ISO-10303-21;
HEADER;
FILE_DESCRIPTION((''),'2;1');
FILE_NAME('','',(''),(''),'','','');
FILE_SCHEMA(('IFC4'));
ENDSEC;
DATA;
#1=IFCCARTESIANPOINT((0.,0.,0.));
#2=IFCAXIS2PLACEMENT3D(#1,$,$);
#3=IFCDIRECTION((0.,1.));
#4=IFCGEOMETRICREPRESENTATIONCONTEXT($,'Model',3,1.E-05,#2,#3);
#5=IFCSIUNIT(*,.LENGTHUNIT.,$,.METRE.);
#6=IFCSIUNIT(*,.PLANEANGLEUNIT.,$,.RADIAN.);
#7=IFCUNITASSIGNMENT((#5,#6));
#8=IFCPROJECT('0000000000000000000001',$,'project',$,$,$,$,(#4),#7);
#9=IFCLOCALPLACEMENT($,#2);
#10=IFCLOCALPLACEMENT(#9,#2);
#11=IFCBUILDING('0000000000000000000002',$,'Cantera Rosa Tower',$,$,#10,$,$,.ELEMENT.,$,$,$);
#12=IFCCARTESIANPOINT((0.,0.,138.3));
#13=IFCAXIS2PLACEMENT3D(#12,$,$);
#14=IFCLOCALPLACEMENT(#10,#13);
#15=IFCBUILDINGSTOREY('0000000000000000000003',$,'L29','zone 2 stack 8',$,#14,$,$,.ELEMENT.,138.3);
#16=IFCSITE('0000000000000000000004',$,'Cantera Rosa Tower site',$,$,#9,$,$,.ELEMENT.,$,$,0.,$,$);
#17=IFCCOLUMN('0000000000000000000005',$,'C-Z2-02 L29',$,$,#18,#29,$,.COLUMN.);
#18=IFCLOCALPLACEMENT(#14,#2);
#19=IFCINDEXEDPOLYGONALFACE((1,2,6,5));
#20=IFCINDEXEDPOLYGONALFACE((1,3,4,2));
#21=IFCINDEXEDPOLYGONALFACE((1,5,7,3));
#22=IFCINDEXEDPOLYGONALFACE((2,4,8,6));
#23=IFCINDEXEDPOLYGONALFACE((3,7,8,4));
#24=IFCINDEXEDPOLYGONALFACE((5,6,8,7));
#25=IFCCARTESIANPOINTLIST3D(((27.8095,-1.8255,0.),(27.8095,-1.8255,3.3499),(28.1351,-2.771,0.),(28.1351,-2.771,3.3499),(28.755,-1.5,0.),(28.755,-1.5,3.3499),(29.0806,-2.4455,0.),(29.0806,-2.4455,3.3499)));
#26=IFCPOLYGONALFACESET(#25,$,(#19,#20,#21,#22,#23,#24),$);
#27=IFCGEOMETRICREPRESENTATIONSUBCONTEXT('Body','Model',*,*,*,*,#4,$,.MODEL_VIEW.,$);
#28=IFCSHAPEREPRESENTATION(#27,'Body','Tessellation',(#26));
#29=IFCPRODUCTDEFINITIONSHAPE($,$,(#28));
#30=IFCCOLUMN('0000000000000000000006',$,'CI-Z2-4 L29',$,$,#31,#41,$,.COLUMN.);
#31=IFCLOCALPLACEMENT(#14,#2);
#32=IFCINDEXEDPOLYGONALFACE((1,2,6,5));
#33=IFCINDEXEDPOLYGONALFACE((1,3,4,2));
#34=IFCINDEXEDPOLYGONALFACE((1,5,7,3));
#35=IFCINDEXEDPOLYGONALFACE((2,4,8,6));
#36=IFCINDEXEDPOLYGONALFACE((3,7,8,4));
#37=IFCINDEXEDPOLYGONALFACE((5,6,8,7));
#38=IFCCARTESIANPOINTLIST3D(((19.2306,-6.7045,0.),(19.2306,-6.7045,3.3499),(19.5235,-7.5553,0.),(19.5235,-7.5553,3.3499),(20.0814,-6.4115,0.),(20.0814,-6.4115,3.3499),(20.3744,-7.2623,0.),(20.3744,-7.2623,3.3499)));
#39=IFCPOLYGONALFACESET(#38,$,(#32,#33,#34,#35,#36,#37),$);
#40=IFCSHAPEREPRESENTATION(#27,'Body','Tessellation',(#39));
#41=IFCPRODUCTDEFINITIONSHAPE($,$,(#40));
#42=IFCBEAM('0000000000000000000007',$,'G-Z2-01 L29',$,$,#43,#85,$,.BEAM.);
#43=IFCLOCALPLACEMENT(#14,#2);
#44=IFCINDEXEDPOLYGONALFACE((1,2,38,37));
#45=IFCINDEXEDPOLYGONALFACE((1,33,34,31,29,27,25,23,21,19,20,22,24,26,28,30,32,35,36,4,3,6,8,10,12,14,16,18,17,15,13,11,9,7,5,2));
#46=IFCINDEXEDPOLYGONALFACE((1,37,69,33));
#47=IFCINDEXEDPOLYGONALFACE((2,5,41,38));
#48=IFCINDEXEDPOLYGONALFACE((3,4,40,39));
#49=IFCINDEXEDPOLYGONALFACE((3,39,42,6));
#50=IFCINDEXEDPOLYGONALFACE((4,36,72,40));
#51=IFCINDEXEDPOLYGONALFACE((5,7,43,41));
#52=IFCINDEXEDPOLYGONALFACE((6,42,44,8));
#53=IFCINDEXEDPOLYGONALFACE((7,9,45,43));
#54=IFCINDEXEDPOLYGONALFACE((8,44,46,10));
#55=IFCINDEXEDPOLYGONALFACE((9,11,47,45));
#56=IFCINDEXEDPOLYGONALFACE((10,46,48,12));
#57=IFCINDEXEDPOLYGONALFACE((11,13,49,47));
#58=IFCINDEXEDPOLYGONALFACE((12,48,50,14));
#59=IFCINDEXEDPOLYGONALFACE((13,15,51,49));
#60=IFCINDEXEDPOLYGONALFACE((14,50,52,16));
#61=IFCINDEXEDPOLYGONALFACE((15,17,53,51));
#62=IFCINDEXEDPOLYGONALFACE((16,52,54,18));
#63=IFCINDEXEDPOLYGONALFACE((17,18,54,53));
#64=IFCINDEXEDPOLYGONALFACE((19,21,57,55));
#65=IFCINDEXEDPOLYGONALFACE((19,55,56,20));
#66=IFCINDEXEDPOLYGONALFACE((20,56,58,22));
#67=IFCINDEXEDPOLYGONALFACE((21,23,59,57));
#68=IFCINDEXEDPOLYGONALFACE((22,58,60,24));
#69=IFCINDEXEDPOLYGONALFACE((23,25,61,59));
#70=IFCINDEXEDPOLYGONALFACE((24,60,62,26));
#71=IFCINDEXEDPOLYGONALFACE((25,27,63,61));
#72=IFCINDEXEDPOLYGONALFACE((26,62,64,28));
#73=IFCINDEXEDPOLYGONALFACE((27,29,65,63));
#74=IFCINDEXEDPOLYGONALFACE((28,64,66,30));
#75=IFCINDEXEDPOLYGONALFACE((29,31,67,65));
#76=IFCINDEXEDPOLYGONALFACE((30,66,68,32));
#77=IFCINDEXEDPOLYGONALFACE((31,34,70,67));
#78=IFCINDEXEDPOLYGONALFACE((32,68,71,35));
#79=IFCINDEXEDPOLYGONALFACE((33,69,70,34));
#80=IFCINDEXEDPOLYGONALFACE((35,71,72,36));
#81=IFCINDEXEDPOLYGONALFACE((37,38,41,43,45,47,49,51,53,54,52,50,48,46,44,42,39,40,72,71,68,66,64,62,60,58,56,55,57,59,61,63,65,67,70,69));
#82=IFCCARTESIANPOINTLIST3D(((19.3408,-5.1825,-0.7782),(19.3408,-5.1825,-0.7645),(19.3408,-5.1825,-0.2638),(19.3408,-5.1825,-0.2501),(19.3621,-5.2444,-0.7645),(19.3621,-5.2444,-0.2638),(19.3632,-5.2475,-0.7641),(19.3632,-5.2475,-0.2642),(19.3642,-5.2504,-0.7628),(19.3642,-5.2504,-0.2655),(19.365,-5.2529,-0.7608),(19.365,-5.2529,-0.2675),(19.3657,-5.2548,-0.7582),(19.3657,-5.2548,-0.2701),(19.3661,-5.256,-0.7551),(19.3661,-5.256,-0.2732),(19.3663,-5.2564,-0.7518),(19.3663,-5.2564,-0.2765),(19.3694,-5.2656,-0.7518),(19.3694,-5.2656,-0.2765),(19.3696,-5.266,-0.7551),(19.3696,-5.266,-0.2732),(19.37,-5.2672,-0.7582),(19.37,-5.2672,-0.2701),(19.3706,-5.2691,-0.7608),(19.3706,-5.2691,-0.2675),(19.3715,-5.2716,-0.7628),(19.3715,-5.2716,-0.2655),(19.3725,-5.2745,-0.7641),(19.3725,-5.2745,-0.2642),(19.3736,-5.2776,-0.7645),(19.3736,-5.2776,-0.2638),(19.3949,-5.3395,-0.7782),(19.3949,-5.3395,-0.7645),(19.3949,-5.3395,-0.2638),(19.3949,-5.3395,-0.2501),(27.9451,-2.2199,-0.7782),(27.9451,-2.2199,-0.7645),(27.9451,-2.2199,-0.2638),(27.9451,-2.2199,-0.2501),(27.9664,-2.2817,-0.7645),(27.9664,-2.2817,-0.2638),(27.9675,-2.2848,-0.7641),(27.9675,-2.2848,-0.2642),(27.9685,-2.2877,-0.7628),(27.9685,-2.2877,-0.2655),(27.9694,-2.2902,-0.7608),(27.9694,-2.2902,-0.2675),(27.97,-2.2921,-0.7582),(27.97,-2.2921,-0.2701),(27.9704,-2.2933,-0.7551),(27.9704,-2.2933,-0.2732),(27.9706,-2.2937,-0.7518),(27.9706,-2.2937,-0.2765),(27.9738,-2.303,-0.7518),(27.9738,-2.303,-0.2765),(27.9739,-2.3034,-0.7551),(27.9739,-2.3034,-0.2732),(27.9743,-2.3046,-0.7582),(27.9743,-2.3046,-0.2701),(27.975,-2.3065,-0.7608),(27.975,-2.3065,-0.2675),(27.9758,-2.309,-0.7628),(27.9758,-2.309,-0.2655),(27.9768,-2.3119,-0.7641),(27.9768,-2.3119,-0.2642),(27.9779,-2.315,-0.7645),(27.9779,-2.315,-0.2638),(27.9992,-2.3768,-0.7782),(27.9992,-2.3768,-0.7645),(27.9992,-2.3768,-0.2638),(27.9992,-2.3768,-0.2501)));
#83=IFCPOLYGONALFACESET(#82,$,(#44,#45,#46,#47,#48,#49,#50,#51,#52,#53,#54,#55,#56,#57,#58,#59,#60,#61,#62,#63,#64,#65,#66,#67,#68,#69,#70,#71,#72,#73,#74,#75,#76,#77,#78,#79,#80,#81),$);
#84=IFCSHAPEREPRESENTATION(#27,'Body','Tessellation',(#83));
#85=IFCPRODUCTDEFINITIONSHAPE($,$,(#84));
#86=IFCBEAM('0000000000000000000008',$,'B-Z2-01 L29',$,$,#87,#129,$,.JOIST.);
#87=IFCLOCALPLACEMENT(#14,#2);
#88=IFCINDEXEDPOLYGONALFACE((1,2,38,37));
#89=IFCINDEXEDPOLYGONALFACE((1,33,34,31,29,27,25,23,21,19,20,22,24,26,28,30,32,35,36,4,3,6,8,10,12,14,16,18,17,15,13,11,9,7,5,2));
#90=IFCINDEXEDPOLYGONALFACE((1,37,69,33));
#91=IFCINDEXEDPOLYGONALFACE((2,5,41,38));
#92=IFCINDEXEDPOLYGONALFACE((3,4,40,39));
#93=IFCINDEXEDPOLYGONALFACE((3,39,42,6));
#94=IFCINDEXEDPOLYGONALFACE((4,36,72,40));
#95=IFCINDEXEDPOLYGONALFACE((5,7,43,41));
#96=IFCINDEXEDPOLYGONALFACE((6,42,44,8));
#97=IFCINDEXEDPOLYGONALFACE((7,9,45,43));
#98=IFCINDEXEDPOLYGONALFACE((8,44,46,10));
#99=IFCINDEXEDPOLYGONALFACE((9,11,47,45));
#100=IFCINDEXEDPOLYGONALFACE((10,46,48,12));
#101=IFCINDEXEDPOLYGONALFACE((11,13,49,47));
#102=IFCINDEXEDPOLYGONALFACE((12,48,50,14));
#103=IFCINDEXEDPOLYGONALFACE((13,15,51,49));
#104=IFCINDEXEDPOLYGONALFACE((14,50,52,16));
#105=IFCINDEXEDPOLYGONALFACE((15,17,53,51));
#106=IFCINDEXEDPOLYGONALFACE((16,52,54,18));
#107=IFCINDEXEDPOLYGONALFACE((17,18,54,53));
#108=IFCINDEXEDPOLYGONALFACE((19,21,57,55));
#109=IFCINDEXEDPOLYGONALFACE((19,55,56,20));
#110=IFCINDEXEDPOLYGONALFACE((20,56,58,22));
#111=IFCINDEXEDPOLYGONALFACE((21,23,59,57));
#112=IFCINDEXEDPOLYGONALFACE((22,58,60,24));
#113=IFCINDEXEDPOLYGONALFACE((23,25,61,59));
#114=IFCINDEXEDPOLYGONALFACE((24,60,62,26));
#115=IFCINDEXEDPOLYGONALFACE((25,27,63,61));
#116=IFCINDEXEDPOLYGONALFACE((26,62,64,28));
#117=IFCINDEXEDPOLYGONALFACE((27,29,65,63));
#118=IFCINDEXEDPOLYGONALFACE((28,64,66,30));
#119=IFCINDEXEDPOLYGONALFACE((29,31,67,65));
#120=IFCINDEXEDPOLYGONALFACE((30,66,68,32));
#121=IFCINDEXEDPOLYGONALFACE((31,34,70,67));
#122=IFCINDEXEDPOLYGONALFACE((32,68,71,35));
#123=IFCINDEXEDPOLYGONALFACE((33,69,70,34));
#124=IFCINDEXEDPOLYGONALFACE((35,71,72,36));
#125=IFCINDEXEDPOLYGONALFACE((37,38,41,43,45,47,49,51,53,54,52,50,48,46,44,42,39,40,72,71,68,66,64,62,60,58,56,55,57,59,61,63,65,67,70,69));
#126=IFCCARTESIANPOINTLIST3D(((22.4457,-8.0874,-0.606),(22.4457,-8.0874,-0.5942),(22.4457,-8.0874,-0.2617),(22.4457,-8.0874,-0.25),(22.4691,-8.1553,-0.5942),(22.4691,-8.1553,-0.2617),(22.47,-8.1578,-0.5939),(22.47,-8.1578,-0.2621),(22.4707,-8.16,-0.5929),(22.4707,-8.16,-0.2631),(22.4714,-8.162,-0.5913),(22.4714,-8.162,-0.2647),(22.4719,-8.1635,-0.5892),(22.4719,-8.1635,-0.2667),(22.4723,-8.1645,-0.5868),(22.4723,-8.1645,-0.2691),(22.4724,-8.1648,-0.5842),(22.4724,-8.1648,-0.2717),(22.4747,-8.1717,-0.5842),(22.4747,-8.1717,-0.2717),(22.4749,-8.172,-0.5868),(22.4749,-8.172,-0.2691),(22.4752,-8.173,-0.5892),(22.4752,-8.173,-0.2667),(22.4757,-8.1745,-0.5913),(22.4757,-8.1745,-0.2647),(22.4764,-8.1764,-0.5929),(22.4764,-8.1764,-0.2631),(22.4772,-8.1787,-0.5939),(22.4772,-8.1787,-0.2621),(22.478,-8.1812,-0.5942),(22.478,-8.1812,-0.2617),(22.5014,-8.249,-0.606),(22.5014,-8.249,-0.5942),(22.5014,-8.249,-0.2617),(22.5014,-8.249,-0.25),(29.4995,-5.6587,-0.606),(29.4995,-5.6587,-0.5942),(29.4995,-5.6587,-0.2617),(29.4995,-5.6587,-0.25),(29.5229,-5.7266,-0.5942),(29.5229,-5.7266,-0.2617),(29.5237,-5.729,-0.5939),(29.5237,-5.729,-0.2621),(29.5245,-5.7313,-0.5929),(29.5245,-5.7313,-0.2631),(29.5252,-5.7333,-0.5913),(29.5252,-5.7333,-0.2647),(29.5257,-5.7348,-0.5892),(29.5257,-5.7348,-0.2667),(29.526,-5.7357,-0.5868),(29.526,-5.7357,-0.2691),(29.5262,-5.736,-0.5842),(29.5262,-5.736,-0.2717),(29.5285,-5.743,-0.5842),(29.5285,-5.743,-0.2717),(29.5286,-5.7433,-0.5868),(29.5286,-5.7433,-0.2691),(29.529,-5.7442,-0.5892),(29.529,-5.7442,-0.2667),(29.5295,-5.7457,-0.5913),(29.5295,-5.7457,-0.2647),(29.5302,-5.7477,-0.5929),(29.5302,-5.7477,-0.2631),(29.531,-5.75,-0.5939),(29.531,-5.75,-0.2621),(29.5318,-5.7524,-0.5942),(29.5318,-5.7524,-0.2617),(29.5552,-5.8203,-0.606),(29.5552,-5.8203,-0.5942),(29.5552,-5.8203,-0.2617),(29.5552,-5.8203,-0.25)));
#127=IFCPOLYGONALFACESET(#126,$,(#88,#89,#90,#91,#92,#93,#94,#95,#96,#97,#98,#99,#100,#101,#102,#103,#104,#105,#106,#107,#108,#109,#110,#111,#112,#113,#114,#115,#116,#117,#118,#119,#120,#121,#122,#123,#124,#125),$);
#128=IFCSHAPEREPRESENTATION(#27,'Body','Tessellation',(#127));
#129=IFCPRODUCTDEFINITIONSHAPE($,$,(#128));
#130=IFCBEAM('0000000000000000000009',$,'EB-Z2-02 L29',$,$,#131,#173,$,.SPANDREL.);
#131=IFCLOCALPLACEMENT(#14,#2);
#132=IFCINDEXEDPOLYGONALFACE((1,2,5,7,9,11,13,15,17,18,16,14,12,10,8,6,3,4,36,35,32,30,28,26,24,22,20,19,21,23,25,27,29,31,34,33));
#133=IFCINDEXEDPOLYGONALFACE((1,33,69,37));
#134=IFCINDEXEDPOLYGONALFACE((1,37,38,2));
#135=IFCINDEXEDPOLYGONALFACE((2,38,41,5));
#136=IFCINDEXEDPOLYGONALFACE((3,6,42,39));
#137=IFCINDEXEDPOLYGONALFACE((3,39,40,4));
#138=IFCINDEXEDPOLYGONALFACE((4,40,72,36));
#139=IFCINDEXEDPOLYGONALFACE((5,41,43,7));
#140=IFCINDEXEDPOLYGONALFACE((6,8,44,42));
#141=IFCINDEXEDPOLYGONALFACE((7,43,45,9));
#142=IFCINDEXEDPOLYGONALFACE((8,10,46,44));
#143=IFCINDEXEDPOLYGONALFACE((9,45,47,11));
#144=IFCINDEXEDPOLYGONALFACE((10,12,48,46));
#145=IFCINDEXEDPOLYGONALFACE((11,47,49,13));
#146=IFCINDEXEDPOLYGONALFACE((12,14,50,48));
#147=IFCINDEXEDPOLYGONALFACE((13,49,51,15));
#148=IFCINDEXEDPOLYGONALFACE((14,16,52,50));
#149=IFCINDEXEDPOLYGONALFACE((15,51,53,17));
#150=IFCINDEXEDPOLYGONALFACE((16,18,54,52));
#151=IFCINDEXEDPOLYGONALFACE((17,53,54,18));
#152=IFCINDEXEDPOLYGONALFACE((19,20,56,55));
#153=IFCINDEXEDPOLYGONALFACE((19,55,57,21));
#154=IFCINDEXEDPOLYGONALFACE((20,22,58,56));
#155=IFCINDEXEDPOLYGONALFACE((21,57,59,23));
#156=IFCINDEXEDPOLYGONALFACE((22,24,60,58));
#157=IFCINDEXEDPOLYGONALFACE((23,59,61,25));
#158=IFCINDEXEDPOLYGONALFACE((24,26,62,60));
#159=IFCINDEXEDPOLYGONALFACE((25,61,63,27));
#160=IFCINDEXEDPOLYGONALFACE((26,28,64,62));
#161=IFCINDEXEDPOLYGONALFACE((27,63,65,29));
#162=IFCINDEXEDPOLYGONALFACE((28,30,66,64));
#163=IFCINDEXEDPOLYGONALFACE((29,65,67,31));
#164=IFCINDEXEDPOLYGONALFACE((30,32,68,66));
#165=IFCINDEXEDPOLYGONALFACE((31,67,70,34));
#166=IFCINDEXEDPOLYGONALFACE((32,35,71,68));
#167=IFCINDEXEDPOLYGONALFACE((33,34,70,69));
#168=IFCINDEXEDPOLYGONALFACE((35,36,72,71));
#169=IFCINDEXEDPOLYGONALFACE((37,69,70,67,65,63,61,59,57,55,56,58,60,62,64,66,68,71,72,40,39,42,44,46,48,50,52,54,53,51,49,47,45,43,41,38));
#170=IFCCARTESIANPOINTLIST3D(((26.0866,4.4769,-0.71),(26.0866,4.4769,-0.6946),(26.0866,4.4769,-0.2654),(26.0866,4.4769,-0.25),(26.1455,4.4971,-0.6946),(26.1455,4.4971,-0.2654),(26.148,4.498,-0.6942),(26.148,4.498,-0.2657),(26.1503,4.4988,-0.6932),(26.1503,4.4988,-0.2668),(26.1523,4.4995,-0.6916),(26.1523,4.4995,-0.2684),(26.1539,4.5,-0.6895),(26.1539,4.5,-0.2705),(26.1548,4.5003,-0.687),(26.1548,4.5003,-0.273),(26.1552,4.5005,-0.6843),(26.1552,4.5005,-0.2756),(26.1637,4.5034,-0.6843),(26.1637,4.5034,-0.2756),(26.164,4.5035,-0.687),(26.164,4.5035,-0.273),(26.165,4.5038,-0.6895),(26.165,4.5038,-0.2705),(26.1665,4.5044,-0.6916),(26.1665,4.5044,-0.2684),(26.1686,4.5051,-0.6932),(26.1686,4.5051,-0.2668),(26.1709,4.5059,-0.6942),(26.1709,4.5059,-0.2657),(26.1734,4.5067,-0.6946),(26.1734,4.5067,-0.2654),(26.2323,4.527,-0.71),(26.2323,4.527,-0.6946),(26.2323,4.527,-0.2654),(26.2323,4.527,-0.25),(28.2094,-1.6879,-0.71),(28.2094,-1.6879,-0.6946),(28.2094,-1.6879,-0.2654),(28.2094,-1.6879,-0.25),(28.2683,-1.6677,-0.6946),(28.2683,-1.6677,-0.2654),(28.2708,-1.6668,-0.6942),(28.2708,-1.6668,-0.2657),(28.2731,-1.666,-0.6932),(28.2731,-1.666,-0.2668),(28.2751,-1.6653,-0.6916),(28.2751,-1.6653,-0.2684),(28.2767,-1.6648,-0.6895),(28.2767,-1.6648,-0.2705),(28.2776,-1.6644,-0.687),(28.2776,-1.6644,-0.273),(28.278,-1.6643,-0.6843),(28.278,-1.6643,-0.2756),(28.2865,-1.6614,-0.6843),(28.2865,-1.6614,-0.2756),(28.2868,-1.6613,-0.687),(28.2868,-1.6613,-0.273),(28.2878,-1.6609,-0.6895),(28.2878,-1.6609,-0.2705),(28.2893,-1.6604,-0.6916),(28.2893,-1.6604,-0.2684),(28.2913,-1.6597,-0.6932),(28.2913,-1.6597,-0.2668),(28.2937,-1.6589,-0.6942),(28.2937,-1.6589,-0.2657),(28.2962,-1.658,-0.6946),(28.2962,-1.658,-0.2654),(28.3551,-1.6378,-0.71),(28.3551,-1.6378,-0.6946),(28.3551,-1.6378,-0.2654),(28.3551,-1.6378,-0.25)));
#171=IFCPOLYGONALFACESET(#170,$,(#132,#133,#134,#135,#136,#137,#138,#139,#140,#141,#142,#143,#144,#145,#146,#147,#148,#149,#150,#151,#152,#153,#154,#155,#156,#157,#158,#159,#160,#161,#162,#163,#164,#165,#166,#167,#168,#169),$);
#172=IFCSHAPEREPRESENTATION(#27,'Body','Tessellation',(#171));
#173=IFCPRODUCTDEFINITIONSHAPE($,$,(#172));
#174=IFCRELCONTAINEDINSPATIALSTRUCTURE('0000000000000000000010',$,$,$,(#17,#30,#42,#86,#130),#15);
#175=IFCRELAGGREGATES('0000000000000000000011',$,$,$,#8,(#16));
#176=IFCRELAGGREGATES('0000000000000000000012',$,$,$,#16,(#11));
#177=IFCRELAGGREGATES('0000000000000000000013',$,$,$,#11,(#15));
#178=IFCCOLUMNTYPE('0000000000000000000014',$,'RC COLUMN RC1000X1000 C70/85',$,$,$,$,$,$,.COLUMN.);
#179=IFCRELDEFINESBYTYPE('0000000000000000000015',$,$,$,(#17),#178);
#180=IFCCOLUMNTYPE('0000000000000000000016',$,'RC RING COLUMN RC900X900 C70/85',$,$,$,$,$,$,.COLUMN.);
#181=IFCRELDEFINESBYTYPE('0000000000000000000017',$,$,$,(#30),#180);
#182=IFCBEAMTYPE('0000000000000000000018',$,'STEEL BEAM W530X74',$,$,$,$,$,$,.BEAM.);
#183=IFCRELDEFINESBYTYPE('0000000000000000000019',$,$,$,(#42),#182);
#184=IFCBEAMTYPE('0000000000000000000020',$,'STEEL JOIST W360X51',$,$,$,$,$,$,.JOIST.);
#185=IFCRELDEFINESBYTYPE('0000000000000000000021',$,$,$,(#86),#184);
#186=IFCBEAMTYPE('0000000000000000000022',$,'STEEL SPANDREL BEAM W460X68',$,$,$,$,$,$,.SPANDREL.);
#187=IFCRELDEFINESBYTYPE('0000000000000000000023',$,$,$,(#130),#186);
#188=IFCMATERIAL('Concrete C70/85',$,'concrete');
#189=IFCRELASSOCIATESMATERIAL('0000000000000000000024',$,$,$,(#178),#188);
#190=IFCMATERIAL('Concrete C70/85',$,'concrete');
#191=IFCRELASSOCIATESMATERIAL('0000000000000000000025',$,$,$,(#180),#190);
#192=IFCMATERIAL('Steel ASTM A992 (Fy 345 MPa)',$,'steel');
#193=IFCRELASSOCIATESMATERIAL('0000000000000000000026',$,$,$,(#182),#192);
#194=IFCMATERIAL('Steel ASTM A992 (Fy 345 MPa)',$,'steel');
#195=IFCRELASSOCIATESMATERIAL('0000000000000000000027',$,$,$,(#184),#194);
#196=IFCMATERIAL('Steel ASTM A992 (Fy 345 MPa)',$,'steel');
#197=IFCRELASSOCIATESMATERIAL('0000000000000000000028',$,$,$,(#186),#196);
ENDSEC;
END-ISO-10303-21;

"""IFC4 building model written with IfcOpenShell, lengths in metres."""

from ifc_helpers import new_model, si_unit, direction, frame, origin, origin_2d, place, context, subcontext, project, spatial, rectangle, i_section, extrude, material, material_profile, profile_set, type_object, element, save


model = new_model("IFC4")

# Units and contexts
model_context = context("Model", 3, precision=1e-05, world=origin(), true_north=direction((0.0, 1.0)))
body_context = subcontext(model_context, "Body", "Model", "MODEL_VIEW")
ifc_project = project(units=[si_unit("LENGTHUNIT", "METRE"), si_unit("PLANEANGLEUNIT", "RADIAN")], contexts=[model_context])

# Site, building, storey
site_placement = place(None, origin())
site = spatial("IfcSite", under=ifc_project, at=site_placement, Name="Cantera Rosa Tower site", CompositionType="ELEMENT", RefElevation=0.0)
building_placement = place(site_placement, origin())
building = spatial("IfcBuilding", under=site, at=building_placement, Name="Cantera Rosa Tower", CompositionType="ELEMENT")
storey_placement = place(building_placement, frame((0.0, 0.0, 138.3)))
storey = spatial("IfcBuildingStorey", under=building, at=storey_placement, Name="L29", Description="zone 2 stack 8", CompositionType="ELEMENT", Elevation=138.3)

# Columns
ifc_material_1 = material(Name="Concrete C70/85", Category="concrete")
ifc_material_profile_1 = material_profile(ifc_material_1, rectangle(XDim=1.0, YDim=1.0, at=origin_2d()), Name="RC COLUMN RC1000X1000 C70/85")
ifc_profile_set_1 = profile_set([ifc_material_profile_1], Name="Concrete C70/85")
column_type_1 = type_object("IfcColumnType", Name="RC COLUMN RC1000X1000 C70/85", PredefinedType="COLUMN", material=ifc_profile_set_1)
column_1_placement = place(storey_placement, frame((28.4451, -2.1355, 0.0), z_axis=(0.0, 0.0, 1.0), x_axis=(0.945519, 0.325568, 0.0)))
element("IfcColumn", 1, at=column_1_placement, inside=storey, type_object=column_type_1, Name="C-Z2-02 L29", PredefinedType="COLUMN", context=body_context, shape_type="SweptSolid", body=[
    extrude(rectangle(XDim=1.0, YDim=1.0, at=origin_2d()), origin(), (0.0, 0.0, 1.0), 3.3499),
])
ifc_material_2 = material(Name="Concrete C70/85", Category="concrete")
ifc_material_profile_2 = material_profile(ifc_material_2, rectangle(XDim=0.8999, YDim=0.8999, at=origin_2d()), Name="RC RING COLUMN RC900X900 C70/85")
ifc_profile_set_2 = profile_set([ifc_material_profile_2], Name="Concrete C70/85")
column_type_2 = type_object("IfcColumnType", Name="RC RING COLUMN RC900X900 C70/85", PredefinedType="COLUMN", material=ifc_profile_set_2)
column_2_placement = place(storey_placement, frame((19.8025, -6.9834, 0.0), z_axis=(0.0, 0.0, 1.0), x_axis=(0.945519, 0.325568, 0.0)))
element("IfcColumn", 2, at=column_2_placement, inside=storey, type_object=column_type_2, Name="CI-Z2-4 L29", PredefinedType="COLUMN", context=body_context, shape_type="SweptSolid", body=[
    extrude(rectangle(XDim=0.8999, YDim=0.8999, at=origin_2d()), origin(), (0.0, 0.0, 1.0), 3.3499),
])

# Beams
ifc_material_3 = material(Name="Steel ASTM A992 (Fy 345 MPa)", Category="steel")
ifc_material_profile_3 = material_profile(ifc_material_3, i_section(OverallWidth=0.166, OverallDepth=0.5281, WebThickness=0.0098, FlangeThickness=0.0137, FilletRadius=0.0127, at=origin_2d()), Name="W530X74")
ifc_profile_set_3 = profile_set([ifc_material_profile_3], Name="Steel ASTM A992 (Fy 345 MPa)")
beam_type_1 = type_object("IfcBeamType", Name="STEEL BEAM W530X74", PredefinedType="BEAM", material=ifc_profile_set_3)
beam_1_placement = place(storey_placement, frame((27.9722, -2.2983, -0.5142), z_axis=(-0.94552, -0.325565, 0.0), x_axis=(0.325565, -0.94552, 0.0)))
element("IfcBeam", 3, at=beam_1_placement, inside=storey, type_object=beam_type_1, Name="G-Z2-01 L29", PredefinedType="BEAM", context=body_context, shape_type="SweptSolid", body=[
    extrude(i_section(OverallWidth=0.166, OverallDepth=0.5281, WebThickness=0.0098, FlangeThickness=0.0137, FilletRadius=0.0127, at=origin_2d()), origin(), (0.0, 0.0, 1.0), 9.1001),
])
ifc_material_4 = material(Name="Steel ASTM A992 (Fy 345 MPa)", Category="steel")
ifc_material_profile_4 = material_profile(ifc_material_4, i_section(OverallWidth=0.1709, OverallDepth=0.356, WebThickness=0.0073, FlangeThickness=0.0117, FilletRadius=0.01, at=origin_2d()), Name="W360X51")
ifc_profile_set_4 = profile_set([ifc_material_profile_4], Name="Steel ASTM A992 (Fy 345 MPa)")
beam_type_2 = type_object("IfcBeamType", Name="STEEL JOIST W360X51", PredefinedType="JOIST", material=ifc_profile_set_4)
beam_2_placement = place(storey_placement, frame((29.5273, -5.7395, -0.428), z_axis=(-0.945522, -0.325559, 0.0), x_axis=(0.325559, -0.945522, 0.0)))
element("IfcBeam", 4, at=beam_2_placement, inside=storey, type_object=beam_type_2, Name="B-Z2-01 L29", PredefinedType="JOIST", context=body_context, shape_type="SweptSolid", body=[
    extrude(i_section(OverallWidth=0.1709, OverallDepth=0.356, WebThickness=0.0073, FlangeThickness=0.0117, FilletRadius=0.01, at=origin_2d()), origin(), (0.0, 0.0, 1.0), 7.4602),
])
ifc_material_5 = material(Name="Steel ASTM A992 (Fy 345 MPa)", Category="steel")
ifc_material_profile_5 = material_profile(ifc_material_5, i_section(OverallWidth=0.1541, OverallDepth=0.46, WebThickness=0.009, FlangeThickness=0.0154, FilletRadius=0.0103, at=origin_2d()), Name="W460X68")
ifc_profile_set_5 = profile_set([ifc_material_profile_5], Name="Steel ASTM A992 (Fy 345 MPa)")
beam_type_3 = type_object("IfcBeamType", Name="STEEL SPANDREL BEAM W460X68", PredefinedType="SPANDREL", material=ifc_profile_set_5)
beam_3_placement = place(storey_placement, frame((28.2822, -1.6628, -0.48), z_axis=(-0.325581, 0.945514, 0.0), x_axis=(-0.945514, -0.325581, 0.0)))
element("IfcBeam", 5, at=beam_3_placement, inside=storey, type_object=beam_type_3, Name="EB-Z2-02 L29", PredefinedType="SPANDREL", context=body_context, shape_type="SweptSolid", body=[
    extrude(i_section(OverallWidth=0.1541, OverallDepth=0.46, WebThickness=0.009, FlangeThickness=0.0154, FilletRadius=0.0103, at=origin_2d()), origin(), (0.0, 0.0, 1.0), 6.52),
])

save(model, "model.ifc")
